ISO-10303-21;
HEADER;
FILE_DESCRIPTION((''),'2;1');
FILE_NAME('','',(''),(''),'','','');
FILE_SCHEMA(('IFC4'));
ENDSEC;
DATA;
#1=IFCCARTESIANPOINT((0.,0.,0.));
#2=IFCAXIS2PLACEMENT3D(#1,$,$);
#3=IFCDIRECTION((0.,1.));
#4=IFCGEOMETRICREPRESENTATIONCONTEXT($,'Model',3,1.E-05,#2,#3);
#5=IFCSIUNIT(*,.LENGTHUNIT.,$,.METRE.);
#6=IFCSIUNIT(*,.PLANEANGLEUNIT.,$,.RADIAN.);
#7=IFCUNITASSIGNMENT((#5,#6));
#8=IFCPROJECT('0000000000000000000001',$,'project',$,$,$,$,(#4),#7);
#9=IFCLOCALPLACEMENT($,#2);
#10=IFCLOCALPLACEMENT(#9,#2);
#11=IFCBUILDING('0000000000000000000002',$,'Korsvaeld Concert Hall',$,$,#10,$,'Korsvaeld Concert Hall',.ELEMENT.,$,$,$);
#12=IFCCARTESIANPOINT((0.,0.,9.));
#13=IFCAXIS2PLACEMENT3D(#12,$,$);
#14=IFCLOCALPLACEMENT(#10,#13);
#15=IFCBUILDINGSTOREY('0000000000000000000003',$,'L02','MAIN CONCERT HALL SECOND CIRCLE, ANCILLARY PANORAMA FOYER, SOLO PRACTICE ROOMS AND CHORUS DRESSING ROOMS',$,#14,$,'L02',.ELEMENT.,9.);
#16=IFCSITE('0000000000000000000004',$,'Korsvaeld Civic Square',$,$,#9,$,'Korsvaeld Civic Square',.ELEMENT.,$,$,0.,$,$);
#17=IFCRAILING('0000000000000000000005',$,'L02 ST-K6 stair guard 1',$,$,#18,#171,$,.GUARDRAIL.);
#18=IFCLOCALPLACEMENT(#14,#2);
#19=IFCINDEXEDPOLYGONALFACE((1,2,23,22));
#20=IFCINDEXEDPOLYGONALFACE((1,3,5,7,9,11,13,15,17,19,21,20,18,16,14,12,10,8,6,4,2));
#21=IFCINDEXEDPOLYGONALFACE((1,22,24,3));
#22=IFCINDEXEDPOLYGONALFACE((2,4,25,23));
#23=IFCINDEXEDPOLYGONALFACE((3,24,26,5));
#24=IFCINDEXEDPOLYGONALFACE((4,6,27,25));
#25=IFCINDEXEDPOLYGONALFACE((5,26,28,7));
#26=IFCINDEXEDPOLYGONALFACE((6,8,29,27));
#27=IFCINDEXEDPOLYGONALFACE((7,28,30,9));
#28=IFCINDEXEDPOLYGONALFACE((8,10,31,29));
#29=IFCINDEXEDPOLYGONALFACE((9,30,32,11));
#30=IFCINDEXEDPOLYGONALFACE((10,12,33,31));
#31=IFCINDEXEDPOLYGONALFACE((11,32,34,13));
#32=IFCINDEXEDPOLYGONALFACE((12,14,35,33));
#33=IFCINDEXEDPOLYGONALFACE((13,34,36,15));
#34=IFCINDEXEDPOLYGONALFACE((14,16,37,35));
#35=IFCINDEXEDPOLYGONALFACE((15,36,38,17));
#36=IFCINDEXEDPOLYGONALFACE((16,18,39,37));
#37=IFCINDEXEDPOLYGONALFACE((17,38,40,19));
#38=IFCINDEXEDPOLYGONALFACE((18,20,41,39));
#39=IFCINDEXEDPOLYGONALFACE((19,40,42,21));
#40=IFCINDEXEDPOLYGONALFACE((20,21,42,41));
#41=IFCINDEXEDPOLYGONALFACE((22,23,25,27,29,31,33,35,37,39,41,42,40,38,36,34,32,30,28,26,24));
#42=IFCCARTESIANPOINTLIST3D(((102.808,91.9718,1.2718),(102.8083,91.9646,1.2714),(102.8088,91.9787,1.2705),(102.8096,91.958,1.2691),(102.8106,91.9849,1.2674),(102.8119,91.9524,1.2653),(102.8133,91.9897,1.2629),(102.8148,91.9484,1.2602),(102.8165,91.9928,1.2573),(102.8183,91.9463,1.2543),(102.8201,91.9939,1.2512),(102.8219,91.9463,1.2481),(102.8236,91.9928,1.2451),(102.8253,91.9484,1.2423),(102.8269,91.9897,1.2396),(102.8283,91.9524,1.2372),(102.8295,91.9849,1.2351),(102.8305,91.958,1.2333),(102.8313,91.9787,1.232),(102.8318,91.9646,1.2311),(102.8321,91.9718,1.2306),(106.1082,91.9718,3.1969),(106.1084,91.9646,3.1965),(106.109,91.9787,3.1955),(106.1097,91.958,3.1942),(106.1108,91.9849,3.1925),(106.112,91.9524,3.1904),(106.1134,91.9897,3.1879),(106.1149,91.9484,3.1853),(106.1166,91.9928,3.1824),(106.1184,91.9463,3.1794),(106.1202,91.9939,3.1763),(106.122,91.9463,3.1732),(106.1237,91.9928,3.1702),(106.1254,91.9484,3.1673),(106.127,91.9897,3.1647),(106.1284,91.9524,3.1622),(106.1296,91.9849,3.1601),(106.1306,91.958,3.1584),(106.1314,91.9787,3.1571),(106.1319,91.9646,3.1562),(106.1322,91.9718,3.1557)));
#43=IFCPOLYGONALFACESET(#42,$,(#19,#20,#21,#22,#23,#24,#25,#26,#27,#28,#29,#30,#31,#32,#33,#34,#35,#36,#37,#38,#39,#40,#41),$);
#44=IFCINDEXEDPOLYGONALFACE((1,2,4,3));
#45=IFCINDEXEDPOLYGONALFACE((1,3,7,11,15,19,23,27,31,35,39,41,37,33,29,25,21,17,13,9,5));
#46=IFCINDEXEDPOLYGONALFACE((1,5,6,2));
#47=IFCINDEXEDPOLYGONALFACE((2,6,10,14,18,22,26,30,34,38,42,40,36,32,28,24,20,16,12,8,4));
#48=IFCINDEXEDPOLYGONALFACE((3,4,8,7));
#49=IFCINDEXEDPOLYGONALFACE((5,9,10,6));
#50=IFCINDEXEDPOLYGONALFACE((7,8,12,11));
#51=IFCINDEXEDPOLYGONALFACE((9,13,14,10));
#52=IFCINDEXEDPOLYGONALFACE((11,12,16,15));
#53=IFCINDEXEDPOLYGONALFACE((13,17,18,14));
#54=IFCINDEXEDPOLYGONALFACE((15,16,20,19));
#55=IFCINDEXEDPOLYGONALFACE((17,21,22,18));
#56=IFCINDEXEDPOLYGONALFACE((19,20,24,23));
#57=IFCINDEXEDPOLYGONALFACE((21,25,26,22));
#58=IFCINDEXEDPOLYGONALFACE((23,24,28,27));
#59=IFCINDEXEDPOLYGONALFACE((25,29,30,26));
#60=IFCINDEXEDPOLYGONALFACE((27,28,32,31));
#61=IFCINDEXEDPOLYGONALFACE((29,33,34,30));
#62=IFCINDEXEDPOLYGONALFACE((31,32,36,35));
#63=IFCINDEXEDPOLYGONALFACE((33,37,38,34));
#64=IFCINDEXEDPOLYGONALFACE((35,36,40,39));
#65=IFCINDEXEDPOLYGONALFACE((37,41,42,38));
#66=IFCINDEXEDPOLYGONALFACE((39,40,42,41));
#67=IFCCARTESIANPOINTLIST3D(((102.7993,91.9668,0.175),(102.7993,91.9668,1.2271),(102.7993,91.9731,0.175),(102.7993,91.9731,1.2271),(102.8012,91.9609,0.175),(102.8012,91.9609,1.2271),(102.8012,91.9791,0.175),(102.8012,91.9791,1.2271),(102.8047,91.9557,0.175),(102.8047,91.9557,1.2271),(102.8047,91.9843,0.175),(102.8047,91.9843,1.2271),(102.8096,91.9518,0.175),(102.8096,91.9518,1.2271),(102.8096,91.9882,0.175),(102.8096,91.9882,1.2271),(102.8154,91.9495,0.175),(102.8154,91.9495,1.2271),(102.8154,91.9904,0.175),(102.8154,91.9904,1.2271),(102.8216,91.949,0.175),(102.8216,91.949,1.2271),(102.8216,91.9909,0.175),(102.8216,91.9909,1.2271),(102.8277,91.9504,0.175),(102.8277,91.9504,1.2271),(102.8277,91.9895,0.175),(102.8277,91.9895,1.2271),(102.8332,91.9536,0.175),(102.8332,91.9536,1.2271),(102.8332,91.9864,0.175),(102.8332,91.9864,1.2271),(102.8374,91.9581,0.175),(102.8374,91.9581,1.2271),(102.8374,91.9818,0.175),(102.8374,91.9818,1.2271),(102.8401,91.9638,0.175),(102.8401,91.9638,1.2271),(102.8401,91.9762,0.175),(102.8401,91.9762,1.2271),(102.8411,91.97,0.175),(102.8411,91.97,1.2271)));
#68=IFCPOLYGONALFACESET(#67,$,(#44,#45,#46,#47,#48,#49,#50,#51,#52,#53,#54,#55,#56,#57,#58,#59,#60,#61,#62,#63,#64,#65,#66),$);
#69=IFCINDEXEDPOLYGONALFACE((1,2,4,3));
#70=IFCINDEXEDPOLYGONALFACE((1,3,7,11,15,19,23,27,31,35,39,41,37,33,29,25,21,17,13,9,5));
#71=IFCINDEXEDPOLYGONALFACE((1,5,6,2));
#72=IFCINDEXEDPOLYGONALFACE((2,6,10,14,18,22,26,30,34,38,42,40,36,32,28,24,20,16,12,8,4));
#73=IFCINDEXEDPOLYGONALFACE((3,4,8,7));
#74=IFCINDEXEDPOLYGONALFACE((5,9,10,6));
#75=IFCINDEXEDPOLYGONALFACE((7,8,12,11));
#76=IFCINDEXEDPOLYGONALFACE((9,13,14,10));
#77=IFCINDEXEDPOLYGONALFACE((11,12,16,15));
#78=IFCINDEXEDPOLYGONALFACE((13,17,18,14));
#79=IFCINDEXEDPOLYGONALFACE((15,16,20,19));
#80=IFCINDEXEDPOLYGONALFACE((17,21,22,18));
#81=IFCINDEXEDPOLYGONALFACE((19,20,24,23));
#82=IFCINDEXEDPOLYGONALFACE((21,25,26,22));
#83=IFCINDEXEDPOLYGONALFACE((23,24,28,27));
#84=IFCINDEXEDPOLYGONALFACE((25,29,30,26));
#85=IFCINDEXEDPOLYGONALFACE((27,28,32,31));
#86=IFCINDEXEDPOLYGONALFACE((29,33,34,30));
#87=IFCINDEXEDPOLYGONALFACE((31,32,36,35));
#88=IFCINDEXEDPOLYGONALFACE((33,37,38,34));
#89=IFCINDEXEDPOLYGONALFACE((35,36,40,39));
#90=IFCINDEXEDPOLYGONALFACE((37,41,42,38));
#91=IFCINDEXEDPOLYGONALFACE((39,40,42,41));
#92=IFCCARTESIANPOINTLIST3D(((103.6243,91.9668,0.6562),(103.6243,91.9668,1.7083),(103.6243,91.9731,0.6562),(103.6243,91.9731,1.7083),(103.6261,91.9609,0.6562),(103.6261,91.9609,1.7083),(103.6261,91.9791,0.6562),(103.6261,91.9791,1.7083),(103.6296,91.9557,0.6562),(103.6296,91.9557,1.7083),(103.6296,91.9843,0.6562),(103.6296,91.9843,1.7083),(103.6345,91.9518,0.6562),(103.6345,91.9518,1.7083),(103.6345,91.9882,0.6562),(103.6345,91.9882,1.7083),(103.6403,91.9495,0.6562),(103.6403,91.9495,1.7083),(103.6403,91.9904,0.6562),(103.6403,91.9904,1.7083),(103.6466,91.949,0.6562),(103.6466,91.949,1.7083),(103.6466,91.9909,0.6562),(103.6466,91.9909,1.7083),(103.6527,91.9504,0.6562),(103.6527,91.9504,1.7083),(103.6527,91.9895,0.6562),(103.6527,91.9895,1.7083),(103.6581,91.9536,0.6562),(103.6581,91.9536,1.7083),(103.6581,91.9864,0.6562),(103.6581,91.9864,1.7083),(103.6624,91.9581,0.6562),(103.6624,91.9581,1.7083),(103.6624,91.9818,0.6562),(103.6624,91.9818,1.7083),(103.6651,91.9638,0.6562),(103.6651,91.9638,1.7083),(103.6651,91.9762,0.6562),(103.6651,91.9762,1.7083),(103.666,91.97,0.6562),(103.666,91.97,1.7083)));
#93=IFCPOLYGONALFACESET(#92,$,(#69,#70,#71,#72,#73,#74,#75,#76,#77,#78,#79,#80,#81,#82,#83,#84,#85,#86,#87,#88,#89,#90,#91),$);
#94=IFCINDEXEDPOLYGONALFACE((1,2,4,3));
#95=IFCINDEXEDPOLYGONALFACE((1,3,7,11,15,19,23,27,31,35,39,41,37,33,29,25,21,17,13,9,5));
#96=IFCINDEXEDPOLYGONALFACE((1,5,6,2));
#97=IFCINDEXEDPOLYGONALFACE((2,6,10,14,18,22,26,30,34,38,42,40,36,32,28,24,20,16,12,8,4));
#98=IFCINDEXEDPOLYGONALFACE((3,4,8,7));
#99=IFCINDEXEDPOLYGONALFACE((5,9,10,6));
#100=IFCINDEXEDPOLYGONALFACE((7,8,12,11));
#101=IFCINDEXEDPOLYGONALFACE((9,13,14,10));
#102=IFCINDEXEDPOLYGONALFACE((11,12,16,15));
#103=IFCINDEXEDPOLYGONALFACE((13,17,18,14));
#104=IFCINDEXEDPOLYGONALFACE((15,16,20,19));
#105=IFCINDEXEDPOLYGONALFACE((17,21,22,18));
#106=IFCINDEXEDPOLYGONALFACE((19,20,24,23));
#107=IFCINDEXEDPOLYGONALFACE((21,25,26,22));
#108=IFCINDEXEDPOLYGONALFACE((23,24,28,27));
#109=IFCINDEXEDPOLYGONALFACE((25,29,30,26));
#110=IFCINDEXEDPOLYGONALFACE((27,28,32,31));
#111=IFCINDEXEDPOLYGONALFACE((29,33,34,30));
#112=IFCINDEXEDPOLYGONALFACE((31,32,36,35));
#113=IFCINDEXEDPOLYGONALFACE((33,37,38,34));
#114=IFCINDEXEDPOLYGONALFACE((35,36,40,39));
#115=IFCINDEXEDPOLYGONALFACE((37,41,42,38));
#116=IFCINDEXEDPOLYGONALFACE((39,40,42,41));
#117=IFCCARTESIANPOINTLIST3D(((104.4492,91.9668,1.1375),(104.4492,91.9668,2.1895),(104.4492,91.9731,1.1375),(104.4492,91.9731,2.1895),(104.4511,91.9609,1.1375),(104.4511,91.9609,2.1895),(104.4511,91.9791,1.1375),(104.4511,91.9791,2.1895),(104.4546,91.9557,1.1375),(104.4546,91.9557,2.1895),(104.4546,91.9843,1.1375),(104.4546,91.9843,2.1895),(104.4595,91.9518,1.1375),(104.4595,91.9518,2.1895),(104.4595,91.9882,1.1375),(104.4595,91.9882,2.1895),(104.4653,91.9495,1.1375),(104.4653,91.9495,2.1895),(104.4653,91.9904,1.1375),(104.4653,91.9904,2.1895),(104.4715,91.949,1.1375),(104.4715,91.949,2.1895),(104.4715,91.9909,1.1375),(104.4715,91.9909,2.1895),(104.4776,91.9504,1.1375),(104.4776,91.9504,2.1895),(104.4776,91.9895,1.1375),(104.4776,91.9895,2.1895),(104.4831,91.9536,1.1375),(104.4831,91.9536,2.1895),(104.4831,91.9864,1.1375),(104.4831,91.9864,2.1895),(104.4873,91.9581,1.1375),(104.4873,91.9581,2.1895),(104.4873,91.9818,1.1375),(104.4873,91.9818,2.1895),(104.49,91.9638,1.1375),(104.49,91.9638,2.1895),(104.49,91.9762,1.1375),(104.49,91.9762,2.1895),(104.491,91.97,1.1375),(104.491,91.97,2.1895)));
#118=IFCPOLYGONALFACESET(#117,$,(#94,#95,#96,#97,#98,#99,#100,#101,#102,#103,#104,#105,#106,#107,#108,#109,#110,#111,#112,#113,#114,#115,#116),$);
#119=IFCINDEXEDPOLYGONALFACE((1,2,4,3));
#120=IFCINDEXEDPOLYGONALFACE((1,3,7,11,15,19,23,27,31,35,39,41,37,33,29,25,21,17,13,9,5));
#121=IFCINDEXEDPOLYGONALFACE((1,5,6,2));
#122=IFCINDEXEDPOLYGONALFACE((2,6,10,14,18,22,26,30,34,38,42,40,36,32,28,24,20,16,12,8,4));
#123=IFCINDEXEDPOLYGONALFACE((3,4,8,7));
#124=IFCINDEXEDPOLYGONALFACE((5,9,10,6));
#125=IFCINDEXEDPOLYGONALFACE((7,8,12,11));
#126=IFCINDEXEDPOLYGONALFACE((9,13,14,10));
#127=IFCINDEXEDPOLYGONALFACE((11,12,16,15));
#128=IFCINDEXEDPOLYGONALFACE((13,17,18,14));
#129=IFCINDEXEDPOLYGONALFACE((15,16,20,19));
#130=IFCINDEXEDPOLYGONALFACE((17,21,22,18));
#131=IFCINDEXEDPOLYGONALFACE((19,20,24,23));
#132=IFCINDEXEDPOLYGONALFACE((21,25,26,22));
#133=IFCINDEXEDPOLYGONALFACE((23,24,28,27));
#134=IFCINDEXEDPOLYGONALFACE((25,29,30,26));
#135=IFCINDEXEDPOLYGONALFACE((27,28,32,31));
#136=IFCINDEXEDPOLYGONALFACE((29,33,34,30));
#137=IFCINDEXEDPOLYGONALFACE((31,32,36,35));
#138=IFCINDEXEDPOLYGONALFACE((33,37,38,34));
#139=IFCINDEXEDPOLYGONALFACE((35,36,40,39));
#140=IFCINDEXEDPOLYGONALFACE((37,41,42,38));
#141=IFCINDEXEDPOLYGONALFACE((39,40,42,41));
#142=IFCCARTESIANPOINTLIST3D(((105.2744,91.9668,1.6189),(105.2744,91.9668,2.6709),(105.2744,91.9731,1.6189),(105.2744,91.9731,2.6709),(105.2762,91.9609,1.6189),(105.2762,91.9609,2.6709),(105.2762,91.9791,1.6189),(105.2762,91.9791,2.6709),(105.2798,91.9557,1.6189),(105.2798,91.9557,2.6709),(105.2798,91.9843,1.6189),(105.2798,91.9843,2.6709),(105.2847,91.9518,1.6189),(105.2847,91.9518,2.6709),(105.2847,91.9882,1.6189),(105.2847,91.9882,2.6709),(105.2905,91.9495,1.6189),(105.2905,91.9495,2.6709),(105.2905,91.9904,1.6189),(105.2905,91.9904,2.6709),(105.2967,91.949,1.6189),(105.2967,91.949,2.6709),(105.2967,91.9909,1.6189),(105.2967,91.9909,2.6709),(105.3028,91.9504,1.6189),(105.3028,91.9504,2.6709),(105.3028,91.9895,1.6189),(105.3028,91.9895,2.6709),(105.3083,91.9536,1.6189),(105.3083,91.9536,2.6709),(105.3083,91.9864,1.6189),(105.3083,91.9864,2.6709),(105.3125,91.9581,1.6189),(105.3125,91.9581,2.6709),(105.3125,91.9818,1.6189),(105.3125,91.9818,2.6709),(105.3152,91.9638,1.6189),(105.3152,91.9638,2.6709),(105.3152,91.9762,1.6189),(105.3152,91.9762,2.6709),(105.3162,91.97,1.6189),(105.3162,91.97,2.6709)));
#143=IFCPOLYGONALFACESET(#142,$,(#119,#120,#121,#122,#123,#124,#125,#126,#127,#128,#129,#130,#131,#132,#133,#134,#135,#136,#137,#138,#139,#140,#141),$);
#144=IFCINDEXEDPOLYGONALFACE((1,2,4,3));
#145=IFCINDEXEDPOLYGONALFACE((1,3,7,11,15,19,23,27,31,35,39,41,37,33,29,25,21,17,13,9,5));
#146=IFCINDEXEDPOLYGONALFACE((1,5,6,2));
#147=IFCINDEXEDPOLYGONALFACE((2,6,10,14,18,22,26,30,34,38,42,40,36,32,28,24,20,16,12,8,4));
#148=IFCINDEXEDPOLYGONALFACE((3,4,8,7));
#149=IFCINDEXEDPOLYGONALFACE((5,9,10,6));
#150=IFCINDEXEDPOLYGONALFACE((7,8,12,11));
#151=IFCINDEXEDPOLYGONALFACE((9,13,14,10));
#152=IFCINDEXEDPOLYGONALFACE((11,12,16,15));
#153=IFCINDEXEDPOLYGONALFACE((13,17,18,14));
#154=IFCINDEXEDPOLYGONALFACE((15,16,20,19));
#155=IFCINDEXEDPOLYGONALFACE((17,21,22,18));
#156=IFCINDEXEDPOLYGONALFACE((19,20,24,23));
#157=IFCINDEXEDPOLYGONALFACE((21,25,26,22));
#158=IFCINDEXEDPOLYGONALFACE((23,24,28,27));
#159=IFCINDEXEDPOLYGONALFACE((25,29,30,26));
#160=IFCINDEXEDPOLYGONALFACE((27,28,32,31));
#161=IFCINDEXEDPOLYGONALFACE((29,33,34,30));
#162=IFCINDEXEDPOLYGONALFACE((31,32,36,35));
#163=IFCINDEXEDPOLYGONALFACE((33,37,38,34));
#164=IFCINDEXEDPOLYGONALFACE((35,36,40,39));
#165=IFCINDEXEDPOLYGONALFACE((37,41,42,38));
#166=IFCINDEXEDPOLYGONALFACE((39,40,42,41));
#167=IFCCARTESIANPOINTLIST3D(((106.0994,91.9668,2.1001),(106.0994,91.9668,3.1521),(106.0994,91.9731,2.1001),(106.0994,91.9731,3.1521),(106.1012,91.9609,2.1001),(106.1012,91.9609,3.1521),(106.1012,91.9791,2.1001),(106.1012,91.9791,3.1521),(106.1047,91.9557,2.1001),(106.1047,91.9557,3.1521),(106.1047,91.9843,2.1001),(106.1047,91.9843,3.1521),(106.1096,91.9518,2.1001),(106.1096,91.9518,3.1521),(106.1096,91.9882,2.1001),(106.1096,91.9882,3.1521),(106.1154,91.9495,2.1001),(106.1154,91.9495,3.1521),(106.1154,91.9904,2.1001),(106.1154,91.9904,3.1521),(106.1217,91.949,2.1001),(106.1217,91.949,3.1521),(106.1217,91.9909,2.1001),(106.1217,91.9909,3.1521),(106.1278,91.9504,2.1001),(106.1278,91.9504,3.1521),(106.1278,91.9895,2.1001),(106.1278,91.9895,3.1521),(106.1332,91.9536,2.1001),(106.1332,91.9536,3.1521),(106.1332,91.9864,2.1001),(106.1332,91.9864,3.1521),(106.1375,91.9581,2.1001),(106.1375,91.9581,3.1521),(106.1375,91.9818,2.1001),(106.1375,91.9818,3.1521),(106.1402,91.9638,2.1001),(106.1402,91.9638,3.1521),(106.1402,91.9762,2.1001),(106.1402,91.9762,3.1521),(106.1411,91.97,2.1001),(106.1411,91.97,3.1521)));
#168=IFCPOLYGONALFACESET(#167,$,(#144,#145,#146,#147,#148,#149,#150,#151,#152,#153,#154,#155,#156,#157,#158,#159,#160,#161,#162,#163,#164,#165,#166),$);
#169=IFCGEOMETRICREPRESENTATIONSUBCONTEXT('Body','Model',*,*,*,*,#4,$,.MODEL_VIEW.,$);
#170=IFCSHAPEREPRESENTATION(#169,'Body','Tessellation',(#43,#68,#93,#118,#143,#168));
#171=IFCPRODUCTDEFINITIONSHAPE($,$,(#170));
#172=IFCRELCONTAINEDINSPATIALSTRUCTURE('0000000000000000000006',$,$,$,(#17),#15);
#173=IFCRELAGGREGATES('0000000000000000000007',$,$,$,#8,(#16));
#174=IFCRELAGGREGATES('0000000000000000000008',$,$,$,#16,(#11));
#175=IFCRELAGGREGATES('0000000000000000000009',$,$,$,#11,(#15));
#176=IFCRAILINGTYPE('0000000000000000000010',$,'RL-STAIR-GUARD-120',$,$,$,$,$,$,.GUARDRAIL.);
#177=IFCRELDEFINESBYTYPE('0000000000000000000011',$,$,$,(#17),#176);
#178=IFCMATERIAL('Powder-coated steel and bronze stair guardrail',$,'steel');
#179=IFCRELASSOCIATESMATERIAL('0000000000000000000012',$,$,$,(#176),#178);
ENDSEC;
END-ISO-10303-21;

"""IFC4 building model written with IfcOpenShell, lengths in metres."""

from ifc_helpers import new_model, si_unit, direction, frame, origin, origin_2d, place, context, subcontext, project, spatial, circle, extrude, material, type_object, element, save


model = new_model("IFC4")

# Units and contexts
model_context = context("Model", 3, precision=1e-05, world=origin(), true_north=direction((0.0, 1.0)))
body_context = subcontext(model_context, "Body", "Model", "MODEL_VIEW")
ifc_project = project(units=[si_unit("LENGTHUNIT", "METRE"), si_unit("PLANEANGLEUNIT", "RADIAN")], contexts=[model_context])

# Site, building, storey
site_placement = place(None, origin())
site = spatial("IfcSite", under=ifc_project, at=site_placement, Name="Korsvaeld Civic Square", LongName="Korsvaeld Civic Square", CompositionType="ELEMENT", RefElevation=0.0)
building_placement = place(site_placement, origin())
building = spatial("IfcBuilding", under=site, at=building_placement, Name="Korsvaeld Concert Hall", LongName="Korsvaeld Concert Hall", CompositionType="ELEMENT")
storey_placement = place(building_placement, frame((0.0, 0.0, 9.0)))
storey = spatial("IfcBuildingStorey", under=building, at=storey_placement, Name="L02", Description="MAIN CONCERT HALL SECOND CIRCLE, ANCILLARY PANORAMA FOYER, SOLO PRACTICE ROOMS AND CHORUS DRESSING ROOMS", LongName="L02", CompositionType="ELEMENT", Elevation=9.0)

# Railing
ifc_material_1 = material(Name="Powder-coated steel and bronze stair guardrail", Category="steel")
railing_type_1 = type_object("IfcRailingType", Name="RL-STAIR-GUARD-120", PredefinedType="GUARDRAIL", material=ifc_material_1)
railing_1_placement = place(storey_placement, frame((102.8201, 91.97, 0.175)))
element("IfcRailing", 1, at=railing_1_placement, inside=storey, type_object=railing_type_1, Name="L02 ST-K6 stair guard 1", PredefinedType="GUARDRAIL", context=body_context, shape_type="SweptSolid", body=[
    extrude(circle(Radius=0.0239, at=origin_2d()), frame((0.0, 0.0, 1.0762), z_axis=(0.863777, 0.0, 0.503875), x_axis=(0.0, 1.0, 0.0)), (0.0, 0.0, 1.0), 3.8206),
    extrude(circle(Radius=0.021, at=origin_2d()), origin(), (0.0, 0.0, 1.0), 1.052),
    extrude(circle(Radius=0.021, at=origin_2d()), frame((0.825, 0.0, 0.4812)), (0.0, 0.0, 1.0), 1.052),
    extrude(circle(Radius=0.021, at=origin_2d()), frame((1.6499, 0.0, 0.9624)), (0.0, 0.0, 1.0), 1.052),
    extrude(circle(Radius=0.021, at=origin_2d()), frame((2.4751, 0.0, 1.4438)), (0.0, 0.0, 1.0), 1.052),
    extrude(circle(Radius=0.021, at=origin_2d()), frame((3.3, 0.0, 1.925)), (0.0, 0.0, 1.0), 1.052),
])

save(model, "model.ifc")
